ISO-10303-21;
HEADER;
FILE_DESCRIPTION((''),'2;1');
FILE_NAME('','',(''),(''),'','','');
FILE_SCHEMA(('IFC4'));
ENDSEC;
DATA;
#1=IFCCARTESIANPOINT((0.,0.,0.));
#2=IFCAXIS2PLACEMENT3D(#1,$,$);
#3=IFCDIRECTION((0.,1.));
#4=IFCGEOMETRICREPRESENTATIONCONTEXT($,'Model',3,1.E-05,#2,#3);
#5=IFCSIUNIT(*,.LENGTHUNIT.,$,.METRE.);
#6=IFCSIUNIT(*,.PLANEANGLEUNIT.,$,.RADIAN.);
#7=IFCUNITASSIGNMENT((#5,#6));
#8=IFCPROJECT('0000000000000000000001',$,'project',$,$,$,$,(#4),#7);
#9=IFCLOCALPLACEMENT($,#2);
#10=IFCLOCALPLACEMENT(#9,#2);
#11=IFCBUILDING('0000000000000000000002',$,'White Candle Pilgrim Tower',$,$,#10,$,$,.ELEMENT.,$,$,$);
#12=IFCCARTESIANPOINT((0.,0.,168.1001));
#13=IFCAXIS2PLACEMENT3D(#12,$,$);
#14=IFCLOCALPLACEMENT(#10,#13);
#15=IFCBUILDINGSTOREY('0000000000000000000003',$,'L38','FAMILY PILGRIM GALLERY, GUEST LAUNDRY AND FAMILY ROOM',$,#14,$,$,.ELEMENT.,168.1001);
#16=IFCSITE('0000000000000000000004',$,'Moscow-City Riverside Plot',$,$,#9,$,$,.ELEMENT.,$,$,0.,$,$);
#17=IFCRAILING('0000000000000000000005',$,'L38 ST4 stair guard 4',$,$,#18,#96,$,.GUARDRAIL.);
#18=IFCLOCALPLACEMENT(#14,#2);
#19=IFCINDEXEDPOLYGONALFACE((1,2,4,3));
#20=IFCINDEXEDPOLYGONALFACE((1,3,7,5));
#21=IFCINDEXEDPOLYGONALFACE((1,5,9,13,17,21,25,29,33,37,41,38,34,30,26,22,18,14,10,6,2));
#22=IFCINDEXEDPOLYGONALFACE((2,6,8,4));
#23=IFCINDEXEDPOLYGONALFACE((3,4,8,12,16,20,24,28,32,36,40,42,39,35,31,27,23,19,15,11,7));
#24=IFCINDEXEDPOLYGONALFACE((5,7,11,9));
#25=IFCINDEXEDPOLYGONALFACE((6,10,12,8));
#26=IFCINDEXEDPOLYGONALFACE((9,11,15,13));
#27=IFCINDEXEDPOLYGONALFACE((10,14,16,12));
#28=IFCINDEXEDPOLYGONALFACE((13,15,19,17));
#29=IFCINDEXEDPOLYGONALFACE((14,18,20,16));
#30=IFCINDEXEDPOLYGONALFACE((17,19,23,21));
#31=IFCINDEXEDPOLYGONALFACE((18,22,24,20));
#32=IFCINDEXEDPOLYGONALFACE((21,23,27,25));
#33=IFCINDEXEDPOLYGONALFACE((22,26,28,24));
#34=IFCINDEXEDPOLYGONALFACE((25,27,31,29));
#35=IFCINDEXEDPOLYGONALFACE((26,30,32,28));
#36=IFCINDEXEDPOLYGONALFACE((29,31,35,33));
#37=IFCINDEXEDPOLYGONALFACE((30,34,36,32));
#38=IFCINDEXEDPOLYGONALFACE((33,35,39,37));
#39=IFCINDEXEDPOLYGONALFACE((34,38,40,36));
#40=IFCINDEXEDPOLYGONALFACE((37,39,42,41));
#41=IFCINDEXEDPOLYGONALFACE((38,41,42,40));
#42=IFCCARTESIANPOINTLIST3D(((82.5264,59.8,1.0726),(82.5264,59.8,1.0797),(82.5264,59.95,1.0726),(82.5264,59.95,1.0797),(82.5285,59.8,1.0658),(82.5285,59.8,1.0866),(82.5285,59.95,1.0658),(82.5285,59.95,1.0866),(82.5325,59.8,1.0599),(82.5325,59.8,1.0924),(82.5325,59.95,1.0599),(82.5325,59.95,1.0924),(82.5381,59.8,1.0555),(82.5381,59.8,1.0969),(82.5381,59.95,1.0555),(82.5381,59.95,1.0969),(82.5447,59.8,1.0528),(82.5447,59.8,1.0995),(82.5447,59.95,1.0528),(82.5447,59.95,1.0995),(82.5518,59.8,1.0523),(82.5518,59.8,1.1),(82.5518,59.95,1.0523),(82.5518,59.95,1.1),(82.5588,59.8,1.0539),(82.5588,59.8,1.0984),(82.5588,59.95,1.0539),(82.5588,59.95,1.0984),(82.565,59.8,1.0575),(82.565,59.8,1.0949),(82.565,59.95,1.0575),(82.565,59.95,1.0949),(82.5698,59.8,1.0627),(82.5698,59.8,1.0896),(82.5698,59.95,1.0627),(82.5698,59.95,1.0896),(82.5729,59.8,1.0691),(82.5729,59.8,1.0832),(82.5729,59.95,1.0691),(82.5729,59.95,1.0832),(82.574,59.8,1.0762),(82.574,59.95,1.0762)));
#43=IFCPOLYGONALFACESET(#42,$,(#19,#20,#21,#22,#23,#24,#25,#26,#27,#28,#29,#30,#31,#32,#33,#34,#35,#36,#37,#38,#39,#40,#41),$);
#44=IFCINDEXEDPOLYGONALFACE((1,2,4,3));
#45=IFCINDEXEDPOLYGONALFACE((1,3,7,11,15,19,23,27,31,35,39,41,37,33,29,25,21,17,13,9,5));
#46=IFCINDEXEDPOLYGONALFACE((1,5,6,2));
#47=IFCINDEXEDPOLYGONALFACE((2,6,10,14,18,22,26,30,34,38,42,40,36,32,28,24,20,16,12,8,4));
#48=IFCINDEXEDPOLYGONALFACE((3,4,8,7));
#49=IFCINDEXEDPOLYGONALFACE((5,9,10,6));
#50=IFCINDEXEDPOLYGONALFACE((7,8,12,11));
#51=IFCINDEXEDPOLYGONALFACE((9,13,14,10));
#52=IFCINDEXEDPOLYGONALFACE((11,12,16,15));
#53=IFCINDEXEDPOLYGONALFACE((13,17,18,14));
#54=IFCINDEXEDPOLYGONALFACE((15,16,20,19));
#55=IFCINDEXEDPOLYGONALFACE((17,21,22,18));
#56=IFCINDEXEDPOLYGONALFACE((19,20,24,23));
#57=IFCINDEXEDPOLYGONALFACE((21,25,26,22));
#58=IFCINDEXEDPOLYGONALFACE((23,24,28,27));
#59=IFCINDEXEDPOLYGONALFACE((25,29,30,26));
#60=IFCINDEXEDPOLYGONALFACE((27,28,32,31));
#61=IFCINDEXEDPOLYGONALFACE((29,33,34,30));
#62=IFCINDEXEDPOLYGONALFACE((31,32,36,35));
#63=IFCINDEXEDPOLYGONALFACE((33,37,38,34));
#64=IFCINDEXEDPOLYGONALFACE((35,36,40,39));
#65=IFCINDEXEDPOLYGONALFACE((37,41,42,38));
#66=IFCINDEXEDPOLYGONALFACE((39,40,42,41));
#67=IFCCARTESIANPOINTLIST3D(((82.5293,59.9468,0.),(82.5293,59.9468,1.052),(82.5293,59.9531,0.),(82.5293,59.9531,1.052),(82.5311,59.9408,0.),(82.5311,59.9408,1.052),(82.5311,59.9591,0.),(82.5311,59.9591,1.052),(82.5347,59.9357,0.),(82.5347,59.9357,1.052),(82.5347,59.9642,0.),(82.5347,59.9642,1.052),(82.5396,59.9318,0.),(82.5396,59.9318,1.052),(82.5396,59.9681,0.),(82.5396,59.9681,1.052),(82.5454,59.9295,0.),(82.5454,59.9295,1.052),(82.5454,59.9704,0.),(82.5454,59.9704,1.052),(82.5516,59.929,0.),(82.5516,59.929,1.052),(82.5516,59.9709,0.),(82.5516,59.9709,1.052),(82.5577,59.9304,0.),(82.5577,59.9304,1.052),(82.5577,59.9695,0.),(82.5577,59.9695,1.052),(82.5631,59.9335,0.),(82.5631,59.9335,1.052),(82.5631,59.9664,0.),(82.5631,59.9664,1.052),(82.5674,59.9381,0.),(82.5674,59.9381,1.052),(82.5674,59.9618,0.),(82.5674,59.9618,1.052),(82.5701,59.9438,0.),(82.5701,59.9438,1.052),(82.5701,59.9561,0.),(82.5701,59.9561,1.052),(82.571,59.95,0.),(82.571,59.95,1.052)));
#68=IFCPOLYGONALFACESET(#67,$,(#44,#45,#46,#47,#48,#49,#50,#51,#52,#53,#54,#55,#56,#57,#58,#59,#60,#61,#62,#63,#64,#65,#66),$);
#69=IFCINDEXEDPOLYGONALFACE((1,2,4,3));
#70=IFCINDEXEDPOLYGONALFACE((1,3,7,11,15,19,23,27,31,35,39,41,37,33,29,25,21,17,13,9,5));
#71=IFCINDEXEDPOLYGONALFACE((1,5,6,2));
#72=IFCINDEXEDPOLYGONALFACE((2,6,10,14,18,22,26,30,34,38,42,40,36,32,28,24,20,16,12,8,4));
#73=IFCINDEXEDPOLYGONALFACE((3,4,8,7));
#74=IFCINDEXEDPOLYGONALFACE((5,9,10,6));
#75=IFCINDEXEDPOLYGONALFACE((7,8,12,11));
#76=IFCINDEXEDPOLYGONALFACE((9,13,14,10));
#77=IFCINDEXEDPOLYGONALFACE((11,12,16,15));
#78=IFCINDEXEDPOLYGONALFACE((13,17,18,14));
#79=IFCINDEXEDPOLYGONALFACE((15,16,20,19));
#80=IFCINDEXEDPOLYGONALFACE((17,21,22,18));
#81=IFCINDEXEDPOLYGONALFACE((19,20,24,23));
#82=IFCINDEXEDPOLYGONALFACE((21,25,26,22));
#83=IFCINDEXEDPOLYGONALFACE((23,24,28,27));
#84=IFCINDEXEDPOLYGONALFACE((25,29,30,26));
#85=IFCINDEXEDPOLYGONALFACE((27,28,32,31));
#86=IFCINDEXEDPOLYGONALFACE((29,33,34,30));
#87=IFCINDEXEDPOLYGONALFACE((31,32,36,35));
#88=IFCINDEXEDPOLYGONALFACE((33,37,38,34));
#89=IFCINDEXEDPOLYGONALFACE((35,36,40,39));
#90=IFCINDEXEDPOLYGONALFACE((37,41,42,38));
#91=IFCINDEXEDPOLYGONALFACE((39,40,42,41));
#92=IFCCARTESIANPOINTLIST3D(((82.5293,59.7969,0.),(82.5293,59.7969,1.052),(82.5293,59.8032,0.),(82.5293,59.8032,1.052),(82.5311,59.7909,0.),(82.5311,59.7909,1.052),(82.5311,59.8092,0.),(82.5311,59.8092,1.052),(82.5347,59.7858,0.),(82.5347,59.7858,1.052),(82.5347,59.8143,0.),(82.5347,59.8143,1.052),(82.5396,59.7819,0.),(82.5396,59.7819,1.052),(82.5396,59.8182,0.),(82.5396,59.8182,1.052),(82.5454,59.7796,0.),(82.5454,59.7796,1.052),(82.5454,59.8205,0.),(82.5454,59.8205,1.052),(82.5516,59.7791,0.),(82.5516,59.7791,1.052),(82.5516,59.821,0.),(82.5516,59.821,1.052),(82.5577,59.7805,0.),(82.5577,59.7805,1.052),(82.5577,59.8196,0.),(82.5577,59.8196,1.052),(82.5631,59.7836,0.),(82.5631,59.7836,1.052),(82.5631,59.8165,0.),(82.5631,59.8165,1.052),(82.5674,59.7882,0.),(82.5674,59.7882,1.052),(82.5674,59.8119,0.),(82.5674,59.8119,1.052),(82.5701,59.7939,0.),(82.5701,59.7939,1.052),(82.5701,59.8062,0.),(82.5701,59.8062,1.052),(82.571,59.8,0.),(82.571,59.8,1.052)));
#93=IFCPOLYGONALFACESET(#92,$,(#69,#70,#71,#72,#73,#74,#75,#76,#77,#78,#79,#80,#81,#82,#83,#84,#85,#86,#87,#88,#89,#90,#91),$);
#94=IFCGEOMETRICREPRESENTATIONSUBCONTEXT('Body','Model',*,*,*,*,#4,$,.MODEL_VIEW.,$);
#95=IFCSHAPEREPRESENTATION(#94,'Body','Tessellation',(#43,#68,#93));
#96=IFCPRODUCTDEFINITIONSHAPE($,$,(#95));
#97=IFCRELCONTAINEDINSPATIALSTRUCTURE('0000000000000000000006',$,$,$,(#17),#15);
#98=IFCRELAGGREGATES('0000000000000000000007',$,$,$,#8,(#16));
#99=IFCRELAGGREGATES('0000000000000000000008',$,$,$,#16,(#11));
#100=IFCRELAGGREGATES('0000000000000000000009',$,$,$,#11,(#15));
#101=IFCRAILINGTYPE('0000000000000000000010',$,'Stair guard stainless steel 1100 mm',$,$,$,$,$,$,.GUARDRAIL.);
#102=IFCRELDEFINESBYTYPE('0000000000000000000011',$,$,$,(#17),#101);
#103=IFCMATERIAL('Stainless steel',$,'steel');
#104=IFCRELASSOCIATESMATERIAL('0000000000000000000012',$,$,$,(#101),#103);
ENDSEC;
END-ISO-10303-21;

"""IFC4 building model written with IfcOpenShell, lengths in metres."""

from ifc_helpers import new_model, si_unit, direction, frame, origin, origin_2d, place, context, subcontext, project, spatial, circle, extrude, material, type_object, element, save


model = new_model("IFC4")

# Units and contexts
model_context = context("Model", 3, precision=1e-05, world=origin(), true_north=direction((0.0, 1.0)))
body_context = subcontext(model_context, "Body", "Model", "MODEL_VIEW")
ifc_project = project(units=[si_unit("LENGTHUNIT", "METRE"), si_unit("PLANEANGLEUNIT", "RADIAN")], contexts=[model_context])

# Site, building, storey
site_placement = place(None, origin())
site = spatial("IfcSite", under=ifc_project, at=site_placement, Name="Moscow-City Riverside Plot", CompositionType="ELEMENT", RefElevation=0.0)
building_placement = place(site_placement, origin())
building = spatial("IfcBuilding", under=site, at=building_placement, Name="White Candle Pilgrim Tower", CompositionType="ELEMENT")
storey_placement = place(building_placement, frame((0.0, 0.0, 168.1001)))
storey = spatial("IfcBuildingStorey", under=building, at=storey_placement, Name="L38", Description="FAMILY PILGRIM GALLERY, GUEST LAUNDRY AND FAMILY ROOM", CompositionType="ELEMENT", Elevation=168.1001)

# Railing
ifc_material_1 = material(Name="Stainless steel", Category="steel")
railing_type_1 = type_object("IfcRailingType", Name="Stair guard stainless steel 1100 mm", PredefinedType="GUARDRAIL", material=ifc_material_1)
railing_1_placement = place(storey_placement, frame((82.55, 59.95, 0.0)))
element("IfcRailing", 1, at=railing_1_placement, inside=storey, type_object=railing_type_1, Name="L38 ST4 stair guard 4", PredefinedType="GUARDRAIL", context=body_context, shape_type="SweptSolid", body=[
    extrude(circle(Radius=0.0239, at=origin_2d()), frame((0.0, 0.0, 1.0762), z_axis=(0.0, -1.0, 0.0), x_axis=(1.0, 0.0, 0.0)), (0.0, 0.0, 1.0), 0.1499),
    extrude(circle(Radius=0.021, at=origin_2d()), origin(), (0.0, 0.0, 1.0), 1.052),
    extrude(circle(Radius=0.021, at=origin_2d()), frame((0.0, -0.1499, 0.0)), (0.0, 0.0, 1.0), 1.052),
])

save(model, "model.ifc")
